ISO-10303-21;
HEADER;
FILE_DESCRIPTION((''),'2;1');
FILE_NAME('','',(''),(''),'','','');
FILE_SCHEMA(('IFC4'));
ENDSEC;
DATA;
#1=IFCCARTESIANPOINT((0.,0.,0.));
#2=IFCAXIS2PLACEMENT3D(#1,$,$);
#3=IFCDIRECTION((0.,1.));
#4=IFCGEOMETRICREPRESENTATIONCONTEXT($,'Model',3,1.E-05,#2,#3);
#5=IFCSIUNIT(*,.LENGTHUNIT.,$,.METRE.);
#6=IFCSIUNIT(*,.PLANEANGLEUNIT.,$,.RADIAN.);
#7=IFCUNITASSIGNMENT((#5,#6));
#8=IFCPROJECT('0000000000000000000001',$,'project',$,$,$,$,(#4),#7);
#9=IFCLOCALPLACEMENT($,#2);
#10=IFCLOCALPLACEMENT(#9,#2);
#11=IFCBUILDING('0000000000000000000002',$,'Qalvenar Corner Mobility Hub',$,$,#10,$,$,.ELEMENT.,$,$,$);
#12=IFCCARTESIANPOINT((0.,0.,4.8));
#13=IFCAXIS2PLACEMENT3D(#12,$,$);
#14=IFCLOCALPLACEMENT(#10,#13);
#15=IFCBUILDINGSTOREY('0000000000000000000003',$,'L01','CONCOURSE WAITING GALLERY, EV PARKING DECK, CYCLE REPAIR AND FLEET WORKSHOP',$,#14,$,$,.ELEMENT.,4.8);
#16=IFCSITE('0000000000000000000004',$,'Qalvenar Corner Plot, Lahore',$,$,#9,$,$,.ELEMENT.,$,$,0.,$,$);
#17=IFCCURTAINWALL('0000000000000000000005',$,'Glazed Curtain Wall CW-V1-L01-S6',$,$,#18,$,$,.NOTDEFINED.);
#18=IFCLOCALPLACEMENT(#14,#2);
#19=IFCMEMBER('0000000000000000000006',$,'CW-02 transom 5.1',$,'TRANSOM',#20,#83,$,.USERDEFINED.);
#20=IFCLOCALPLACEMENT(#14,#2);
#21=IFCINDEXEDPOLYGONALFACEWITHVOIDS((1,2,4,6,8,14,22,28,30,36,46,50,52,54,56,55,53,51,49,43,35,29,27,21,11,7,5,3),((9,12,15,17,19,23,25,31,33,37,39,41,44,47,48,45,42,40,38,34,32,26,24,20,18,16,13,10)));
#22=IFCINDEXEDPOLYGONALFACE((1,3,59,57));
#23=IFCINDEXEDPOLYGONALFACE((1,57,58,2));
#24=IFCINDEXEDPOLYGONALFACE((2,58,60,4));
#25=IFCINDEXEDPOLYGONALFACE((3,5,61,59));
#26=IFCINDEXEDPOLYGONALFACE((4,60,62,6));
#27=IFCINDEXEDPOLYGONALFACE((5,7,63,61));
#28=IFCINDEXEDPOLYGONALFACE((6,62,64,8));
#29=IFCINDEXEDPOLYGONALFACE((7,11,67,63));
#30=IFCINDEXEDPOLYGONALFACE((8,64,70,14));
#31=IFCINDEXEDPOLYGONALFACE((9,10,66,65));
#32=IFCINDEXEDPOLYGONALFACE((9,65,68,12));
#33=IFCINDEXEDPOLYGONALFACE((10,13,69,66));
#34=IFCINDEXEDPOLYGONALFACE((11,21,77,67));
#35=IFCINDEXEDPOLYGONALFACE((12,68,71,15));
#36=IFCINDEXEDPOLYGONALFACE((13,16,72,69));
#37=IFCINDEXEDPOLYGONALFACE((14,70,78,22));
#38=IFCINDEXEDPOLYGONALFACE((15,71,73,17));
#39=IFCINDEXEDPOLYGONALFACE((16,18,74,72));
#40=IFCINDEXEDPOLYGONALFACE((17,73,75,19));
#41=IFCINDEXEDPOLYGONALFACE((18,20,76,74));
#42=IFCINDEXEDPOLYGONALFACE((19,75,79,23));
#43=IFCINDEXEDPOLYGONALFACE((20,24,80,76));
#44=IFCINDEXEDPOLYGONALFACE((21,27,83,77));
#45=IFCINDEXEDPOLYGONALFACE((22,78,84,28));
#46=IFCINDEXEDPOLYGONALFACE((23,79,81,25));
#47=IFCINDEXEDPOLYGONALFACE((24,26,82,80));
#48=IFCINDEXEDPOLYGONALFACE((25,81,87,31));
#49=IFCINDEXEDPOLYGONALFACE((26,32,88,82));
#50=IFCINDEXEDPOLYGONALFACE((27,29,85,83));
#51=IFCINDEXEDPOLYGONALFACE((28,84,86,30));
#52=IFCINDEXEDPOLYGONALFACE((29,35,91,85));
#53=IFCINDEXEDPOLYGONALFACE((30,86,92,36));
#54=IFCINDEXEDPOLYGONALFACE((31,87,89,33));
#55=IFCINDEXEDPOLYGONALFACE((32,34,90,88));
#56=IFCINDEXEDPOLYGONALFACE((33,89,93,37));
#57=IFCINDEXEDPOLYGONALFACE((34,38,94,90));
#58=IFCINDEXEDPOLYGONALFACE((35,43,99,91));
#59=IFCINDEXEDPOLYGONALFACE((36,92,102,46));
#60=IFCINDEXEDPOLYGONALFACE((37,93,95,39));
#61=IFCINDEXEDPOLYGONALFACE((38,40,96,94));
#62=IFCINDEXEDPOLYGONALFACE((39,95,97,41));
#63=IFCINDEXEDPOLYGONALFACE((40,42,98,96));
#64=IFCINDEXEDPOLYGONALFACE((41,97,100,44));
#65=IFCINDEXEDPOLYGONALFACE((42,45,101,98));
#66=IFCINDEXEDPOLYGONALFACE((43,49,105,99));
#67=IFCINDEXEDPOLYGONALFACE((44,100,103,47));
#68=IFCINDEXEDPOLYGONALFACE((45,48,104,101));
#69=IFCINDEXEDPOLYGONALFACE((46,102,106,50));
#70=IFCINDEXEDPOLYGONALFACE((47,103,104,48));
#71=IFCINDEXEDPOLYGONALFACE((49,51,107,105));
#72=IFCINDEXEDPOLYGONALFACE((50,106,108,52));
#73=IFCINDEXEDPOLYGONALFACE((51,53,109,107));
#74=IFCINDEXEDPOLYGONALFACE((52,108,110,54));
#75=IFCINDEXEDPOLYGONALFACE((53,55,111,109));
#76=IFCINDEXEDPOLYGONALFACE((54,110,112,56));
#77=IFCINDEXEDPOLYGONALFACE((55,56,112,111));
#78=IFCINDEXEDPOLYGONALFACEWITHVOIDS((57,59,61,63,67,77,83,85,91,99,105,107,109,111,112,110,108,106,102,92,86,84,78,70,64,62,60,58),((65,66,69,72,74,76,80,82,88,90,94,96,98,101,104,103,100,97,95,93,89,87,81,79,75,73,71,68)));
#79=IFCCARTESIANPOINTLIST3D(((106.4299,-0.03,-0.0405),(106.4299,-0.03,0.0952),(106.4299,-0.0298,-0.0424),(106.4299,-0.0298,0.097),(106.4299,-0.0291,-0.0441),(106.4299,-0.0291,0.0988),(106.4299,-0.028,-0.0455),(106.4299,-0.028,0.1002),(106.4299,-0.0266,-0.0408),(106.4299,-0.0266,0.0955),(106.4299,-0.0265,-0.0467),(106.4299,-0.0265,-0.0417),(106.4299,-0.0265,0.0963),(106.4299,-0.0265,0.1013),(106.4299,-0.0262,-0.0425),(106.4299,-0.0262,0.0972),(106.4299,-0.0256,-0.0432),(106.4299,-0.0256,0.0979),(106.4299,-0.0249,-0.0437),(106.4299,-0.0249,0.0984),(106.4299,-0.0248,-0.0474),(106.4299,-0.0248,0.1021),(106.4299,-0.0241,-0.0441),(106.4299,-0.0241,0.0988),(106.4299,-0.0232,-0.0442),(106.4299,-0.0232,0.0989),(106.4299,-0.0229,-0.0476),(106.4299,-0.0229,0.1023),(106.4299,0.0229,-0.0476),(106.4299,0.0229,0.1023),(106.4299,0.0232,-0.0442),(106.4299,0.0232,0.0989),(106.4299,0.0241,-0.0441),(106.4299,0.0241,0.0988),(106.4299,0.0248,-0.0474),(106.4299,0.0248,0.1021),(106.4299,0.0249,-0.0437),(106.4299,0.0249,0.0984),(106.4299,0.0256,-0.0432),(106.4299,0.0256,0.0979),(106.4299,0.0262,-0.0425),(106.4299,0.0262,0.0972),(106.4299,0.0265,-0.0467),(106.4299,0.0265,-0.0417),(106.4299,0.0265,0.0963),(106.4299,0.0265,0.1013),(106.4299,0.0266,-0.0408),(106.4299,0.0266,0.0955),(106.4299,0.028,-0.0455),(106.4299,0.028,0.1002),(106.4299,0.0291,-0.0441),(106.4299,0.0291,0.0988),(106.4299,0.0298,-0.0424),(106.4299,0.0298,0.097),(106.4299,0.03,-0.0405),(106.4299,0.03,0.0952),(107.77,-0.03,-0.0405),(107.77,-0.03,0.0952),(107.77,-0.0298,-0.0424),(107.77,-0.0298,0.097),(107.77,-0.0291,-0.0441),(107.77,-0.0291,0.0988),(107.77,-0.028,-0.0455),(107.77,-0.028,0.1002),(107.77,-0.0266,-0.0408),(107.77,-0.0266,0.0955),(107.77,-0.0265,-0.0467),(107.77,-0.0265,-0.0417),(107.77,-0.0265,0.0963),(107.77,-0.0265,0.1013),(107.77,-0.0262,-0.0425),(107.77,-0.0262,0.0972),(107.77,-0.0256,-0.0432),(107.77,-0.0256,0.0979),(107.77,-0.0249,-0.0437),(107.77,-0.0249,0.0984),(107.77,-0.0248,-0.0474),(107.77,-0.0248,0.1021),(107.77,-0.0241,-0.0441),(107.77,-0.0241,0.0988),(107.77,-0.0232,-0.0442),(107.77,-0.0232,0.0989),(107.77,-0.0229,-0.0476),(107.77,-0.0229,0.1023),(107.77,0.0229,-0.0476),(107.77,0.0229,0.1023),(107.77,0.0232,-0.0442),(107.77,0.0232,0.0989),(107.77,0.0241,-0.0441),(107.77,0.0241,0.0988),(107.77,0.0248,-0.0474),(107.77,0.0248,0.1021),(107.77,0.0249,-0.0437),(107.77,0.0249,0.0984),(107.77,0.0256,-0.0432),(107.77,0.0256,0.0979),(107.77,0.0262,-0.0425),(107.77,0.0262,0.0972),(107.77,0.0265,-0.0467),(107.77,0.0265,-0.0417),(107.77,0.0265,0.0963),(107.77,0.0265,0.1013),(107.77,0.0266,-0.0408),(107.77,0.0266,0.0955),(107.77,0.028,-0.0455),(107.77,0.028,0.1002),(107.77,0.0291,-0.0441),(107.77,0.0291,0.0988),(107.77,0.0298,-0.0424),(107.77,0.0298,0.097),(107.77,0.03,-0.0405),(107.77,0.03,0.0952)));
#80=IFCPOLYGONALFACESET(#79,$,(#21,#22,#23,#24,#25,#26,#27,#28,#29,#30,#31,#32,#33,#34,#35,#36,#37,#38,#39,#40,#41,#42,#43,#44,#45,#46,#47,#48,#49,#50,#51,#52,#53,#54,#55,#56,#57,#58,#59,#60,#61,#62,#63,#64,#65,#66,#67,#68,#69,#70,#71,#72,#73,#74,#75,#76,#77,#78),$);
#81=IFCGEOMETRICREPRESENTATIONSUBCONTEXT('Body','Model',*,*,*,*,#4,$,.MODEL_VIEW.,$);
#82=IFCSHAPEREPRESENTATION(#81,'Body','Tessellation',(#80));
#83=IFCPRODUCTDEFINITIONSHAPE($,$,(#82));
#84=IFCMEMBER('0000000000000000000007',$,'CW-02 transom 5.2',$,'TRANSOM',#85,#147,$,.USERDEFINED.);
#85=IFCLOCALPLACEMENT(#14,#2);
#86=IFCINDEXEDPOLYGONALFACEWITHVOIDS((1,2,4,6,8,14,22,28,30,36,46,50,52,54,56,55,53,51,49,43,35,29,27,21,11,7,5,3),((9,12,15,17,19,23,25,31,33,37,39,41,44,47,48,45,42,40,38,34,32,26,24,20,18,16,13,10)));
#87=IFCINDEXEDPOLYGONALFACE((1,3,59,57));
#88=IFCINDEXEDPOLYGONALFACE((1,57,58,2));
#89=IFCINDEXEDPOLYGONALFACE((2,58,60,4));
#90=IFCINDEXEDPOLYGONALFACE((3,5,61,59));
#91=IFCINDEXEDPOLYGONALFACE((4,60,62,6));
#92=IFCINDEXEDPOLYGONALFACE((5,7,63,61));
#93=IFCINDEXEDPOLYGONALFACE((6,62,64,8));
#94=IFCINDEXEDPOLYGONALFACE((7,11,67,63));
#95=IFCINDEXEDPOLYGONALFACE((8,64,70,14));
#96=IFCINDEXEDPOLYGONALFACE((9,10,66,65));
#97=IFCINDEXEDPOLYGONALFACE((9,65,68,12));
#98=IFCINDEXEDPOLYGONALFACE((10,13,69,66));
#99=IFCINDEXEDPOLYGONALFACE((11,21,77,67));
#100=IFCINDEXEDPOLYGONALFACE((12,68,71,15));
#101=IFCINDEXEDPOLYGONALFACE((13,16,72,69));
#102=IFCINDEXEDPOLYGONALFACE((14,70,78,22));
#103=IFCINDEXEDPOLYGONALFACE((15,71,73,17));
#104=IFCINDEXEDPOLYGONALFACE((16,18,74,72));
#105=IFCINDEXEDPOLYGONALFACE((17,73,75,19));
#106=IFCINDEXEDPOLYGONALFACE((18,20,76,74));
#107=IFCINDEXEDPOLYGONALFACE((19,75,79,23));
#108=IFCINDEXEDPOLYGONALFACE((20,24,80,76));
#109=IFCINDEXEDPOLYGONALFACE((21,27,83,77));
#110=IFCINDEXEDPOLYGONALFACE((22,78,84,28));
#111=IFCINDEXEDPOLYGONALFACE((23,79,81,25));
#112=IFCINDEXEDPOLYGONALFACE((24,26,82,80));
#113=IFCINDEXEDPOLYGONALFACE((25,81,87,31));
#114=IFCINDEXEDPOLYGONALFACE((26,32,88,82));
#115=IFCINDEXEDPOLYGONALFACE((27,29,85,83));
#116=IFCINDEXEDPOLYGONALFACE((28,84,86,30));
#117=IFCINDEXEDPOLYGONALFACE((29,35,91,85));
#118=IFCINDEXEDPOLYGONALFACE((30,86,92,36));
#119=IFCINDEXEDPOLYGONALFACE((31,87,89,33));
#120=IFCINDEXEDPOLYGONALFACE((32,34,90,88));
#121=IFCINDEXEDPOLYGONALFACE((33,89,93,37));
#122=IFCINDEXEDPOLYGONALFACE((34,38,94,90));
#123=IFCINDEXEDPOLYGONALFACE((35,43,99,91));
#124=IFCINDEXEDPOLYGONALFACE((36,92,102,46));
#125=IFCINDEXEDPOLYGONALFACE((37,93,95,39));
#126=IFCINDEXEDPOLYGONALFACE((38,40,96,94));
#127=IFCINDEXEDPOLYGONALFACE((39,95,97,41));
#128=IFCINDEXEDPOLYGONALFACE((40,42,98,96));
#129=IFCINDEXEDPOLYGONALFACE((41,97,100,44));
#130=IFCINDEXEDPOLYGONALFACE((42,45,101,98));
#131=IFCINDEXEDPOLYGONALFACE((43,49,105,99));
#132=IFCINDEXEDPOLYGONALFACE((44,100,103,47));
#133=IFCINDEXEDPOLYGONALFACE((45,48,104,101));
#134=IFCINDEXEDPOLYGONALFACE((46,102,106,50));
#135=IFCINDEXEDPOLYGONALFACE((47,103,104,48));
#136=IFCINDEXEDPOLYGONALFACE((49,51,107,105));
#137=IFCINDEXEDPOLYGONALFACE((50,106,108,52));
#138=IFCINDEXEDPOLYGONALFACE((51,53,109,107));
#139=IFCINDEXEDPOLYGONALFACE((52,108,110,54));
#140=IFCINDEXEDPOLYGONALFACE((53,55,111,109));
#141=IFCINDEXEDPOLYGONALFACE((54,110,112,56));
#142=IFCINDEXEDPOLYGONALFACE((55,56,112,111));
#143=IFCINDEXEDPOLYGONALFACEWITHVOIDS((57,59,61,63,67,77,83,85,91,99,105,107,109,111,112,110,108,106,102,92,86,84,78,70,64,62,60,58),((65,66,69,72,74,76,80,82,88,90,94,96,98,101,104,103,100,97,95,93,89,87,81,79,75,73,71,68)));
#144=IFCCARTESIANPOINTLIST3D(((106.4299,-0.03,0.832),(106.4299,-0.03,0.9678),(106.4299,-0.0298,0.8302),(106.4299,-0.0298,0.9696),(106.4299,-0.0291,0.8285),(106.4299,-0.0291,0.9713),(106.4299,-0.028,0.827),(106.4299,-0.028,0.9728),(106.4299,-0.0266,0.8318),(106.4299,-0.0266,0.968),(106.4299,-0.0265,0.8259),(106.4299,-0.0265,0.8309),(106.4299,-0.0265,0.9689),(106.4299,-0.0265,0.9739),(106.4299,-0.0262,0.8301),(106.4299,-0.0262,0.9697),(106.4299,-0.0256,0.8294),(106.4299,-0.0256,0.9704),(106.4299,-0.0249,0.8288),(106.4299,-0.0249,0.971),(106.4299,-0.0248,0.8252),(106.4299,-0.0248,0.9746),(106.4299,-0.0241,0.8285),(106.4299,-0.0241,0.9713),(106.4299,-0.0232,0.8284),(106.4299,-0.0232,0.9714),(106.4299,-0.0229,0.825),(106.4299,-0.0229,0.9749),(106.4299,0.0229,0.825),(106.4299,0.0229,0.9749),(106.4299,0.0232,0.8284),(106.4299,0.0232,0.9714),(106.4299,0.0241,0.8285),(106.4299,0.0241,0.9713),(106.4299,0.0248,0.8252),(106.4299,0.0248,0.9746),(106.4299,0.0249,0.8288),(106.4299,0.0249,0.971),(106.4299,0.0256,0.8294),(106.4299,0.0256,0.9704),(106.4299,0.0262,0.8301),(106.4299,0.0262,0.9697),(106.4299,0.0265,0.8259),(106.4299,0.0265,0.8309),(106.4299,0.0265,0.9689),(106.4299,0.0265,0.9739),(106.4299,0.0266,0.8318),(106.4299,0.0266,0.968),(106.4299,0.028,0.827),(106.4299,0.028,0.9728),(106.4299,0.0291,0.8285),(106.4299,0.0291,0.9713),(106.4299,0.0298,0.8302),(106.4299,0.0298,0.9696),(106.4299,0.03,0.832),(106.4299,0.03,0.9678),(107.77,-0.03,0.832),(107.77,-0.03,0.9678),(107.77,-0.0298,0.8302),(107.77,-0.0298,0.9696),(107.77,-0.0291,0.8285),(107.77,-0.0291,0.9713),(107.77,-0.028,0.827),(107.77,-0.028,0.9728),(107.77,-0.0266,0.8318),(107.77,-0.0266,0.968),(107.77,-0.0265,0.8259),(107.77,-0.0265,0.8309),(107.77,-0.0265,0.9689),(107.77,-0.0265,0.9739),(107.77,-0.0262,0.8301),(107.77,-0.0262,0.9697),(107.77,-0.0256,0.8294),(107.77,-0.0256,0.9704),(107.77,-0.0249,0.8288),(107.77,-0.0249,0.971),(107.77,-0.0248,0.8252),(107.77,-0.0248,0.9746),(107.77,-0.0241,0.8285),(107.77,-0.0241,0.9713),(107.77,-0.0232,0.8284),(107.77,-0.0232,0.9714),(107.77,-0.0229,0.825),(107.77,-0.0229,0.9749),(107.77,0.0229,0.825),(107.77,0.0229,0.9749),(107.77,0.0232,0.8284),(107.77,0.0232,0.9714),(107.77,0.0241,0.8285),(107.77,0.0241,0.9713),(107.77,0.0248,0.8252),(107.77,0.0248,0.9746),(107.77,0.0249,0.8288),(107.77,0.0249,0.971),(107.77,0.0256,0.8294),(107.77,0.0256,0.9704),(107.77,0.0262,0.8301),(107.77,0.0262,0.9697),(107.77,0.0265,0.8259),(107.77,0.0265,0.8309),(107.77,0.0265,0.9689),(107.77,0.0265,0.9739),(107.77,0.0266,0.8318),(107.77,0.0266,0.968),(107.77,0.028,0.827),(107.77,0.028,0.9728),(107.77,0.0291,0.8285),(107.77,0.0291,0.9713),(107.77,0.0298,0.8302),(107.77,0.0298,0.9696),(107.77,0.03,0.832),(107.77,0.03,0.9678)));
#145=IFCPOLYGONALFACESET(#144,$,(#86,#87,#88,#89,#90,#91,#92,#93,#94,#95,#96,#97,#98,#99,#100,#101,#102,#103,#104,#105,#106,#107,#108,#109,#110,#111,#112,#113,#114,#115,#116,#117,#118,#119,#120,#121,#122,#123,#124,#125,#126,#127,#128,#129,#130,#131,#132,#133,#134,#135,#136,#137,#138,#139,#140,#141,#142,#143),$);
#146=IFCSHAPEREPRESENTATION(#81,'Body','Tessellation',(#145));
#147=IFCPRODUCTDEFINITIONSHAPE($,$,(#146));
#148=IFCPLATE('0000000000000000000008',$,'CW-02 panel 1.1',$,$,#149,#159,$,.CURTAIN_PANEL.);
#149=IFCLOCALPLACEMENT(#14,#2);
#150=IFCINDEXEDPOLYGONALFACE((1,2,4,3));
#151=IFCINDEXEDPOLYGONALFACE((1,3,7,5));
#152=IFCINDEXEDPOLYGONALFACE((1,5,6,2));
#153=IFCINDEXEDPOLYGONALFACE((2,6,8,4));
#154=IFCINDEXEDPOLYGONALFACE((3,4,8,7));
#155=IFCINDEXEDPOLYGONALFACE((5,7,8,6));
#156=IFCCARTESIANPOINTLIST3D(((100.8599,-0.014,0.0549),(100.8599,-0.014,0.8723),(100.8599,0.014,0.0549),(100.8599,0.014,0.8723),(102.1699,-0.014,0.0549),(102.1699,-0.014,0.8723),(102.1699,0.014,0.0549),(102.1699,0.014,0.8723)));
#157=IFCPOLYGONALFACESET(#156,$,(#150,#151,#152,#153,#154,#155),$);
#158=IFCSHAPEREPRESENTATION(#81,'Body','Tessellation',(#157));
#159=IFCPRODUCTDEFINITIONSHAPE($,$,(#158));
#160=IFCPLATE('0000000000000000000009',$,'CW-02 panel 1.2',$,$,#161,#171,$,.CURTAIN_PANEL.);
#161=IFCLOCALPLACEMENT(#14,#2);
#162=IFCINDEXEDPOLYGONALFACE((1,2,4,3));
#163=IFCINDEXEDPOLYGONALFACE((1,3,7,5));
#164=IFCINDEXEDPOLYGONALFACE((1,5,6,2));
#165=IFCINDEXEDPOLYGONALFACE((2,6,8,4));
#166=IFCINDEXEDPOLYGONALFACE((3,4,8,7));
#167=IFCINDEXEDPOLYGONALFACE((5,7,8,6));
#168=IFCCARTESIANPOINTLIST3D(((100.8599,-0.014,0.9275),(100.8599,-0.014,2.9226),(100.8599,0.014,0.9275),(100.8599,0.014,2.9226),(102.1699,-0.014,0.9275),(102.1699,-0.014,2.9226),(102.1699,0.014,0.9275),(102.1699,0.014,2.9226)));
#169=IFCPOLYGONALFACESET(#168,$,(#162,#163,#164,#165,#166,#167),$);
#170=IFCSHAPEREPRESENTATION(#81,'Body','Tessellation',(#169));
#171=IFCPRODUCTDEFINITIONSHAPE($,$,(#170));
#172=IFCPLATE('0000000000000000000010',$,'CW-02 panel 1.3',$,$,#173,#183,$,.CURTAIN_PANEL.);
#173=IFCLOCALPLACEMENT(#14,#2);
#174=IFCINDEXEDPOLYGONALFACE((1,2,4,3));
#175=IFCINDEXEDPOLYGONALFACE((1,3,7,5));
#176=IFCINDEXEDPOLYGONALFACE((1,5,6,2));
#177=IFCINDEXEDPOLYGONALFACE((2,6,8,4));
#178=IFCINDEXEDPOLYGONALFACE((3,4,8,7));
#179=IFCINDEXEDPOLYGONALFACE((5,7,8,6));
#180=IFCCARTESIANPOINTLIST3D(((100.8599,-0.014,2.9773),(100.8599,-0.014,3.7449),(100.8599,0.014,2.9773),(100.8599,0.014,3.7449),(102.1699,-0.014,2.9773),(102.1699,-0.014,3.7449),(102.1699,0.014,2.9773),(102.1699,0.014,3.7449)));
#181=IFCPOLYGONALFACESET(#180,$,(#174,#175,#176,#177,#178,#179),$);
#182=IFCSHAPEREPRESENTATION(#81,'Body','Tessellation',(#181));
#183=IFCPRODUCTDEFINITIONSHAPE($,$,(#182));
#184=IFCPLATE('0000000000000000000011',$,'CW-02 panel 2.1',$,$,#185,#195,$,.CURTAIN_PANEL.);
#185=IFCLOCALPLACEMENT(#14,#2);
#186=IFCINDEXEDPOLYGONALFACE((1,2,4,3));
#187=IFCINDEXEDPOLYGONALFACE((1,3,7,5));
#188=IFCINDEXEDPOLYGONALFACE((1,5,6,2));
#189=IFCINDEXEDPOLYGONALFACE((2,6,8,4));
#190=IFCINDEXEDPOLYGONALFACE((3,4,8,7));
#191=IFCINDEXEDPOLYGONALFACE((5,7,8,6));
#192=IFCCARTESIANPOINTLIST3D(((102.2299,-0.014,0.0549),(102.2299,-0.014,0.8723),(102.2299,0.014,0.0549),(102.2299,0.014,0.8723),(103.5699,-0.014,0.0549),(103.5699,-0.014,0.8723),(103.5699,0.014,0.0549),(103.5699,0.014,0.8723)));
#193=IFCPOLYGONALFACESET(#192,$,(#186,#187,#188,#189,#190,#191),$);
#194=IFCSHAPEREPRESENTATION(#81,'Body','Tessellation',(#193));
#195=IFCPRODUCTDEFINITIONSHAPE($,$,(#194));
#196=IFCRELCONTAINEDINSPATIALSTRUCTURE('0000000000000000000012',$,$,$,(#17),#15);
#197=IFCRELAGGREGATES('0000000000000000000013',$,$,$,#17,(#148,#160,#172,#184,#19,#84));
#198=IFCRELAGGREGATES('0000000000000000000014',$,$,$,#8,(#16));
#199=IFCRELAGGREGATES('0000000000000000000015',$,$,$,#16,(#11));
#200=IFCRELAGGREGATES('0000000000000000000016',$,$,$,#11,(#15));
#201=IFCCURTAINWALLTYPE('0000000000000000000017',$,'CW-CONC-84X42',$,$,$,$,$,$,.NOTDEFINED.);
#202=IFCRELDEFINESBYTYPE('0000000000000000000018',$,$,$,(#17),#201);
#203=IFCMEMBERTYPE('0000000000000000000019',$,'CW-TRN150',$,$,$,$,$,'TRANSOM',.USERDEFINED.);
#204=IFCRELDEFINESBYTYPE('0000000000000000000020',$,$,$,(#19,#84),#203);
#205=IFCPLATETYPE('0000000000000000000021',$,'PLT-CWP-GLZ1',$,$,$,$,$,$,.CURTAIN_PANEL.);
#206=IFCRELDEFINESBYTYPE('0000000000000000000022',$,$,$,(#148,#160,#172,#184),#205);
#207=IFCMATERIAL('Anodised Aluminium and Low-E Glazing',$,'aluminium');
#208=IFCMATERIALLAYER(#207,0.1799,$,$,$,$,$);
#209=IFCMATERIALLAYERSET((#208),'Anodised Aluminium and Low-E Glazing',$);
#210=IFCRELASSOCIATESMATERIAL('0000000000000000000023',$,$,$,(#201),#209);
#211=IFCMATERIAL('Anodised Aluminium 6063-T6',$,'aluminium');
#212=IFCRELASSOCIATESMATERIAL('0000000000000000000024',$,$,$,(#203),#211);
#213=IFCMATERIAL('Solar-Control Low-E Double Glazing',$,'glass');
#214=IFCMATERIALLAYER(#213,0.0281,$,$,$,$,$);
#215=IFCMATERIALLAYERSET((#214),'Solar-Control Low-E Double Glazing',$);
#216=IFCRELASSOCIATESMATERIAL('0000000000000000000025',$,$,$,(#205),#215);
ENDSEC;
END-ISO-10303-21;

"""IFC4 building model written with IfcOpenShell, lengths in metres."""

from ifc_helpers import new_model, si_unit, direction, frame, origin, origin_2d, place, context, subcontext, project, spatial, rectangle, hollow_rectangle, extrude, material, layer, layer_set, material_profile, profile_set, type_object, element, aggregate, save


model = new_model("IFC4")

# Units and contexts
model_context = context("Model", 3, precision=1e-05, world=origin(), true_north=direction((0.0, 1.0)))
body_context = subcontext(model_context, "Body", "Model", "MODEL_VIEW")
ifc_project = project(units=[si_unit("LENGTHUNIT", "METRE"), si_unit("PLANEANGLEUNIT", "RADIAN")], contexts=[model_context])

# Site, building, storey
site_placement = place(None, origin())
site = spatial("IfcSite", under=ifc_project, at=site_placement, Name="Qalvenar Corner Plot, Lahore", CompositionType="ELEMENT", RefElevation=0.0)
building_placement = place(site_placement, origin())
building = spatial("IfcBuilding", under=site, at=building_placement, Name="Qalvenar Corner Mobility Hub", CompositionType="ELEMENT")
storey_placement = place(building_placement, frame((0.0, 0.0, 4.8)))
storey = spatial("IfcBuildingStorey", under=building, at=storey_placement, Name="L01", Description="CONCOURSE WAITING GALLERY, EV PARKING DECK, CYCLE REPAIR AND FLEET WORKSHOP", CompositionType="ELEMENT", Elevation=4.8)

# Curtain wall, members, plates
ifc_material_1 = material(Name="Anodised Aluminium and Low-E Glazing", Category="aluminium")
ifc_layer_1 = layer(ifc_material_1, 0.1799)
ifc_layer_set_1 = layer_set([ifc_layer_1], Name="Anodised Aluminium and Low-E Glazing")
curtain_wall_type = type_object("IfcCurtainWallType", Name="CW-CONC-84X42", PredefinedType="NOTDEFINED", material=ifc_layer_set_1)
curtain_wall_placement = place(storey_placement, origin())
curtain_wall = element("IfcCurtainWall", 1, at=curtain_wall_placement, inside=storey, type_object=curtain_wall_type, Name="Glazed Curtain Wall CW-V1-L01-S6", PredefinedType="NOTDEFINED")
ifc_material_2 = material(Name="Anodised Aluminium 6063-T6", Category="aluminium")
ifc_material_profile_1 = material_profile(ifc_material_2, hollow_rectangle(XDim=0.0601, YDim=0.1499, WallThickness=0.0034, InnerFilletRadius=0.0034, OuterFilletRadius=0.0071, at=origin_2d()), Name="RHS150x60x3.5")
ifc_profile_set_1 = profile_set([ifc_material_profile_1], Name="Anodised Aluminium 6063-T6")
member_type_1 = type_object("IfcMemberType", Name="CW-TRN150", ElementType="TRANSOM", PredefinedType="USERDEFINED", material=ifc_profile_set_1)
member_1_placement = place(storey_placement, frame((106.4299, 0.0, 0.0273), z_axis=(1.0, 0.0, 0.0), x_axis=(0.0, 1.0, 0.0)))
member_1 = element("IfcMember", 2, at=member_1_placement, type_object=member_type_1, Name="CW-02 transom 5.1", ObjectType="TRANSOM", PredefinedType="USERDEFINED", context=body_context, shape_type="SweptSolid", body=[
    extrude(hollow_rectangle(XDim=0.0601, YDim=0.1499, WallThickness=0.0034, InnerFilletRadius=0.0034, OuterFilletRadius=0.0071, at=origin_2d()), origin(), (0.0, 0.0, 1.0), 1.3401),
])
member_2_placement = place(storey_placement, frame((106.4299, 0.0, 0.8999), z_axis=(1.0, 0.0, 0.0), x_axis=(0.0, 1.0, 0.0)))
member_2 = element("IfcMember", 3, at=member_2_placement, type_object=member_type_1, Name="CW-02 transom 5.2", ObjectType="TRANSOM", PredefinedType="USERDEFINED", context=body_context, shape_type="SweptSolid", body=[
    extrude(hollow_rectangle(XDim=0.0601, YDim=0.1499, WallThickness=0.0034, InnerFilletRadius=0.0034, OuterFilletRadius=0.0071, at=origin_2d()), origin(), (0.0, 0.0, 1.0), 1.3401),
])
ifc_material_3 = material(Name="Solar-Control Low-E Double Glazing", Category="glass")
ifc_layer_2 = layer(ifc_material_3, 0.0281)
ifc_layer_set_2 = layer_set([ifc_layer_2], Name="Solar-Control Low-E Double Glazing")
plate_type = type_object("IfcPlateType", Name="PLT-CWP-GLZ1", PredefinedType="CURTAIN_PANEL", material=ifc_layer_set_2)
plate_1_placement = place(storey_placement, frame((101.5149, 0.0, 0.0549), z_axis=(0.0, 0.0, 1.0), x_axis=(1.0, 0.0, 0.0)))
plate_1 = element("IfcPlate", 4, at=plate_1_placement, type_object=plate_type, Name="CW-02 panel 1.1", PredefinedType="CURTAIN_PANEL", context=body_context, shape_type="SweptSolid", body=[
    extrude(rectangle(XDim=1.3101, YDim=0.0281, at=origin_2d()), origin(), (0.0, 0.0, 1.0), 0.8174),
])
plate_2_placement = place(storey_placement, frame((101.5149, 0.0, 0.9275), z_axis=(0.0, 0.0, 1.0), x_axis=(1.0, 0.0, 0.0)))
plate_2 = element("IfcPlate", 5, at=plate_2_placement, type_object=plate_type, Name="CW-02 panel 1.2", PredefinedType="CURTAIN_PANEL", context=body_context, shape_type="SweptSolid", body=[
    extrude(rectangle(XDim=1.3101, YDim=0.0281, at=origin_2d()), origin(), (0.0, 0.0, 1.0), 1.9951),
])
plate_3_placement = place(storey_placement, frame((101.5149, 0.0, 2.9773), z_axis=(0.0, 0.0, 1.0), x_axis=(1.0, 0.0, 0.0)))
plate_3 = element("IfcPlate", 6, at=plate_3_placement, type_object=plate_type, Name="CW-02 panel 1.3", PredefinedType="CURTAIN_PANEL", context=body_context, shape_type="SweptSolid", body=[
    extrude(rectangle(XDim=1.3101, YDim=0.0281, at=origin_2d()), origin(), (0.0, 0.0, 1.0), 0.7676),
])
plate_4_placement = place(storey_placement, frame((102.8999, 0.0, 0.0549), z_axis=(0.0, 0.0, 1.0), x_axis=(1.0, 0.0, 0.0)))
plate_4 = element("IfcPlate", 7, at=plate_4_placement, type_object=plate_type, Name="CW-02 panel 2.1", PredefinedType="CURTAIN_PANEL", context=body_context, shape_type="SweptSolid", body=[
    extrude(rectangle(XDim=1.3401, YDim=0.0281, at=origin_2d()), origin(), (0.0, 0.0, 1.0), 0.8174),
])
aggregate(curtain_wall, [plate_1, plate_2, plate_3, plate_4, member_1, member_2])

save(model, "model.ifc")
